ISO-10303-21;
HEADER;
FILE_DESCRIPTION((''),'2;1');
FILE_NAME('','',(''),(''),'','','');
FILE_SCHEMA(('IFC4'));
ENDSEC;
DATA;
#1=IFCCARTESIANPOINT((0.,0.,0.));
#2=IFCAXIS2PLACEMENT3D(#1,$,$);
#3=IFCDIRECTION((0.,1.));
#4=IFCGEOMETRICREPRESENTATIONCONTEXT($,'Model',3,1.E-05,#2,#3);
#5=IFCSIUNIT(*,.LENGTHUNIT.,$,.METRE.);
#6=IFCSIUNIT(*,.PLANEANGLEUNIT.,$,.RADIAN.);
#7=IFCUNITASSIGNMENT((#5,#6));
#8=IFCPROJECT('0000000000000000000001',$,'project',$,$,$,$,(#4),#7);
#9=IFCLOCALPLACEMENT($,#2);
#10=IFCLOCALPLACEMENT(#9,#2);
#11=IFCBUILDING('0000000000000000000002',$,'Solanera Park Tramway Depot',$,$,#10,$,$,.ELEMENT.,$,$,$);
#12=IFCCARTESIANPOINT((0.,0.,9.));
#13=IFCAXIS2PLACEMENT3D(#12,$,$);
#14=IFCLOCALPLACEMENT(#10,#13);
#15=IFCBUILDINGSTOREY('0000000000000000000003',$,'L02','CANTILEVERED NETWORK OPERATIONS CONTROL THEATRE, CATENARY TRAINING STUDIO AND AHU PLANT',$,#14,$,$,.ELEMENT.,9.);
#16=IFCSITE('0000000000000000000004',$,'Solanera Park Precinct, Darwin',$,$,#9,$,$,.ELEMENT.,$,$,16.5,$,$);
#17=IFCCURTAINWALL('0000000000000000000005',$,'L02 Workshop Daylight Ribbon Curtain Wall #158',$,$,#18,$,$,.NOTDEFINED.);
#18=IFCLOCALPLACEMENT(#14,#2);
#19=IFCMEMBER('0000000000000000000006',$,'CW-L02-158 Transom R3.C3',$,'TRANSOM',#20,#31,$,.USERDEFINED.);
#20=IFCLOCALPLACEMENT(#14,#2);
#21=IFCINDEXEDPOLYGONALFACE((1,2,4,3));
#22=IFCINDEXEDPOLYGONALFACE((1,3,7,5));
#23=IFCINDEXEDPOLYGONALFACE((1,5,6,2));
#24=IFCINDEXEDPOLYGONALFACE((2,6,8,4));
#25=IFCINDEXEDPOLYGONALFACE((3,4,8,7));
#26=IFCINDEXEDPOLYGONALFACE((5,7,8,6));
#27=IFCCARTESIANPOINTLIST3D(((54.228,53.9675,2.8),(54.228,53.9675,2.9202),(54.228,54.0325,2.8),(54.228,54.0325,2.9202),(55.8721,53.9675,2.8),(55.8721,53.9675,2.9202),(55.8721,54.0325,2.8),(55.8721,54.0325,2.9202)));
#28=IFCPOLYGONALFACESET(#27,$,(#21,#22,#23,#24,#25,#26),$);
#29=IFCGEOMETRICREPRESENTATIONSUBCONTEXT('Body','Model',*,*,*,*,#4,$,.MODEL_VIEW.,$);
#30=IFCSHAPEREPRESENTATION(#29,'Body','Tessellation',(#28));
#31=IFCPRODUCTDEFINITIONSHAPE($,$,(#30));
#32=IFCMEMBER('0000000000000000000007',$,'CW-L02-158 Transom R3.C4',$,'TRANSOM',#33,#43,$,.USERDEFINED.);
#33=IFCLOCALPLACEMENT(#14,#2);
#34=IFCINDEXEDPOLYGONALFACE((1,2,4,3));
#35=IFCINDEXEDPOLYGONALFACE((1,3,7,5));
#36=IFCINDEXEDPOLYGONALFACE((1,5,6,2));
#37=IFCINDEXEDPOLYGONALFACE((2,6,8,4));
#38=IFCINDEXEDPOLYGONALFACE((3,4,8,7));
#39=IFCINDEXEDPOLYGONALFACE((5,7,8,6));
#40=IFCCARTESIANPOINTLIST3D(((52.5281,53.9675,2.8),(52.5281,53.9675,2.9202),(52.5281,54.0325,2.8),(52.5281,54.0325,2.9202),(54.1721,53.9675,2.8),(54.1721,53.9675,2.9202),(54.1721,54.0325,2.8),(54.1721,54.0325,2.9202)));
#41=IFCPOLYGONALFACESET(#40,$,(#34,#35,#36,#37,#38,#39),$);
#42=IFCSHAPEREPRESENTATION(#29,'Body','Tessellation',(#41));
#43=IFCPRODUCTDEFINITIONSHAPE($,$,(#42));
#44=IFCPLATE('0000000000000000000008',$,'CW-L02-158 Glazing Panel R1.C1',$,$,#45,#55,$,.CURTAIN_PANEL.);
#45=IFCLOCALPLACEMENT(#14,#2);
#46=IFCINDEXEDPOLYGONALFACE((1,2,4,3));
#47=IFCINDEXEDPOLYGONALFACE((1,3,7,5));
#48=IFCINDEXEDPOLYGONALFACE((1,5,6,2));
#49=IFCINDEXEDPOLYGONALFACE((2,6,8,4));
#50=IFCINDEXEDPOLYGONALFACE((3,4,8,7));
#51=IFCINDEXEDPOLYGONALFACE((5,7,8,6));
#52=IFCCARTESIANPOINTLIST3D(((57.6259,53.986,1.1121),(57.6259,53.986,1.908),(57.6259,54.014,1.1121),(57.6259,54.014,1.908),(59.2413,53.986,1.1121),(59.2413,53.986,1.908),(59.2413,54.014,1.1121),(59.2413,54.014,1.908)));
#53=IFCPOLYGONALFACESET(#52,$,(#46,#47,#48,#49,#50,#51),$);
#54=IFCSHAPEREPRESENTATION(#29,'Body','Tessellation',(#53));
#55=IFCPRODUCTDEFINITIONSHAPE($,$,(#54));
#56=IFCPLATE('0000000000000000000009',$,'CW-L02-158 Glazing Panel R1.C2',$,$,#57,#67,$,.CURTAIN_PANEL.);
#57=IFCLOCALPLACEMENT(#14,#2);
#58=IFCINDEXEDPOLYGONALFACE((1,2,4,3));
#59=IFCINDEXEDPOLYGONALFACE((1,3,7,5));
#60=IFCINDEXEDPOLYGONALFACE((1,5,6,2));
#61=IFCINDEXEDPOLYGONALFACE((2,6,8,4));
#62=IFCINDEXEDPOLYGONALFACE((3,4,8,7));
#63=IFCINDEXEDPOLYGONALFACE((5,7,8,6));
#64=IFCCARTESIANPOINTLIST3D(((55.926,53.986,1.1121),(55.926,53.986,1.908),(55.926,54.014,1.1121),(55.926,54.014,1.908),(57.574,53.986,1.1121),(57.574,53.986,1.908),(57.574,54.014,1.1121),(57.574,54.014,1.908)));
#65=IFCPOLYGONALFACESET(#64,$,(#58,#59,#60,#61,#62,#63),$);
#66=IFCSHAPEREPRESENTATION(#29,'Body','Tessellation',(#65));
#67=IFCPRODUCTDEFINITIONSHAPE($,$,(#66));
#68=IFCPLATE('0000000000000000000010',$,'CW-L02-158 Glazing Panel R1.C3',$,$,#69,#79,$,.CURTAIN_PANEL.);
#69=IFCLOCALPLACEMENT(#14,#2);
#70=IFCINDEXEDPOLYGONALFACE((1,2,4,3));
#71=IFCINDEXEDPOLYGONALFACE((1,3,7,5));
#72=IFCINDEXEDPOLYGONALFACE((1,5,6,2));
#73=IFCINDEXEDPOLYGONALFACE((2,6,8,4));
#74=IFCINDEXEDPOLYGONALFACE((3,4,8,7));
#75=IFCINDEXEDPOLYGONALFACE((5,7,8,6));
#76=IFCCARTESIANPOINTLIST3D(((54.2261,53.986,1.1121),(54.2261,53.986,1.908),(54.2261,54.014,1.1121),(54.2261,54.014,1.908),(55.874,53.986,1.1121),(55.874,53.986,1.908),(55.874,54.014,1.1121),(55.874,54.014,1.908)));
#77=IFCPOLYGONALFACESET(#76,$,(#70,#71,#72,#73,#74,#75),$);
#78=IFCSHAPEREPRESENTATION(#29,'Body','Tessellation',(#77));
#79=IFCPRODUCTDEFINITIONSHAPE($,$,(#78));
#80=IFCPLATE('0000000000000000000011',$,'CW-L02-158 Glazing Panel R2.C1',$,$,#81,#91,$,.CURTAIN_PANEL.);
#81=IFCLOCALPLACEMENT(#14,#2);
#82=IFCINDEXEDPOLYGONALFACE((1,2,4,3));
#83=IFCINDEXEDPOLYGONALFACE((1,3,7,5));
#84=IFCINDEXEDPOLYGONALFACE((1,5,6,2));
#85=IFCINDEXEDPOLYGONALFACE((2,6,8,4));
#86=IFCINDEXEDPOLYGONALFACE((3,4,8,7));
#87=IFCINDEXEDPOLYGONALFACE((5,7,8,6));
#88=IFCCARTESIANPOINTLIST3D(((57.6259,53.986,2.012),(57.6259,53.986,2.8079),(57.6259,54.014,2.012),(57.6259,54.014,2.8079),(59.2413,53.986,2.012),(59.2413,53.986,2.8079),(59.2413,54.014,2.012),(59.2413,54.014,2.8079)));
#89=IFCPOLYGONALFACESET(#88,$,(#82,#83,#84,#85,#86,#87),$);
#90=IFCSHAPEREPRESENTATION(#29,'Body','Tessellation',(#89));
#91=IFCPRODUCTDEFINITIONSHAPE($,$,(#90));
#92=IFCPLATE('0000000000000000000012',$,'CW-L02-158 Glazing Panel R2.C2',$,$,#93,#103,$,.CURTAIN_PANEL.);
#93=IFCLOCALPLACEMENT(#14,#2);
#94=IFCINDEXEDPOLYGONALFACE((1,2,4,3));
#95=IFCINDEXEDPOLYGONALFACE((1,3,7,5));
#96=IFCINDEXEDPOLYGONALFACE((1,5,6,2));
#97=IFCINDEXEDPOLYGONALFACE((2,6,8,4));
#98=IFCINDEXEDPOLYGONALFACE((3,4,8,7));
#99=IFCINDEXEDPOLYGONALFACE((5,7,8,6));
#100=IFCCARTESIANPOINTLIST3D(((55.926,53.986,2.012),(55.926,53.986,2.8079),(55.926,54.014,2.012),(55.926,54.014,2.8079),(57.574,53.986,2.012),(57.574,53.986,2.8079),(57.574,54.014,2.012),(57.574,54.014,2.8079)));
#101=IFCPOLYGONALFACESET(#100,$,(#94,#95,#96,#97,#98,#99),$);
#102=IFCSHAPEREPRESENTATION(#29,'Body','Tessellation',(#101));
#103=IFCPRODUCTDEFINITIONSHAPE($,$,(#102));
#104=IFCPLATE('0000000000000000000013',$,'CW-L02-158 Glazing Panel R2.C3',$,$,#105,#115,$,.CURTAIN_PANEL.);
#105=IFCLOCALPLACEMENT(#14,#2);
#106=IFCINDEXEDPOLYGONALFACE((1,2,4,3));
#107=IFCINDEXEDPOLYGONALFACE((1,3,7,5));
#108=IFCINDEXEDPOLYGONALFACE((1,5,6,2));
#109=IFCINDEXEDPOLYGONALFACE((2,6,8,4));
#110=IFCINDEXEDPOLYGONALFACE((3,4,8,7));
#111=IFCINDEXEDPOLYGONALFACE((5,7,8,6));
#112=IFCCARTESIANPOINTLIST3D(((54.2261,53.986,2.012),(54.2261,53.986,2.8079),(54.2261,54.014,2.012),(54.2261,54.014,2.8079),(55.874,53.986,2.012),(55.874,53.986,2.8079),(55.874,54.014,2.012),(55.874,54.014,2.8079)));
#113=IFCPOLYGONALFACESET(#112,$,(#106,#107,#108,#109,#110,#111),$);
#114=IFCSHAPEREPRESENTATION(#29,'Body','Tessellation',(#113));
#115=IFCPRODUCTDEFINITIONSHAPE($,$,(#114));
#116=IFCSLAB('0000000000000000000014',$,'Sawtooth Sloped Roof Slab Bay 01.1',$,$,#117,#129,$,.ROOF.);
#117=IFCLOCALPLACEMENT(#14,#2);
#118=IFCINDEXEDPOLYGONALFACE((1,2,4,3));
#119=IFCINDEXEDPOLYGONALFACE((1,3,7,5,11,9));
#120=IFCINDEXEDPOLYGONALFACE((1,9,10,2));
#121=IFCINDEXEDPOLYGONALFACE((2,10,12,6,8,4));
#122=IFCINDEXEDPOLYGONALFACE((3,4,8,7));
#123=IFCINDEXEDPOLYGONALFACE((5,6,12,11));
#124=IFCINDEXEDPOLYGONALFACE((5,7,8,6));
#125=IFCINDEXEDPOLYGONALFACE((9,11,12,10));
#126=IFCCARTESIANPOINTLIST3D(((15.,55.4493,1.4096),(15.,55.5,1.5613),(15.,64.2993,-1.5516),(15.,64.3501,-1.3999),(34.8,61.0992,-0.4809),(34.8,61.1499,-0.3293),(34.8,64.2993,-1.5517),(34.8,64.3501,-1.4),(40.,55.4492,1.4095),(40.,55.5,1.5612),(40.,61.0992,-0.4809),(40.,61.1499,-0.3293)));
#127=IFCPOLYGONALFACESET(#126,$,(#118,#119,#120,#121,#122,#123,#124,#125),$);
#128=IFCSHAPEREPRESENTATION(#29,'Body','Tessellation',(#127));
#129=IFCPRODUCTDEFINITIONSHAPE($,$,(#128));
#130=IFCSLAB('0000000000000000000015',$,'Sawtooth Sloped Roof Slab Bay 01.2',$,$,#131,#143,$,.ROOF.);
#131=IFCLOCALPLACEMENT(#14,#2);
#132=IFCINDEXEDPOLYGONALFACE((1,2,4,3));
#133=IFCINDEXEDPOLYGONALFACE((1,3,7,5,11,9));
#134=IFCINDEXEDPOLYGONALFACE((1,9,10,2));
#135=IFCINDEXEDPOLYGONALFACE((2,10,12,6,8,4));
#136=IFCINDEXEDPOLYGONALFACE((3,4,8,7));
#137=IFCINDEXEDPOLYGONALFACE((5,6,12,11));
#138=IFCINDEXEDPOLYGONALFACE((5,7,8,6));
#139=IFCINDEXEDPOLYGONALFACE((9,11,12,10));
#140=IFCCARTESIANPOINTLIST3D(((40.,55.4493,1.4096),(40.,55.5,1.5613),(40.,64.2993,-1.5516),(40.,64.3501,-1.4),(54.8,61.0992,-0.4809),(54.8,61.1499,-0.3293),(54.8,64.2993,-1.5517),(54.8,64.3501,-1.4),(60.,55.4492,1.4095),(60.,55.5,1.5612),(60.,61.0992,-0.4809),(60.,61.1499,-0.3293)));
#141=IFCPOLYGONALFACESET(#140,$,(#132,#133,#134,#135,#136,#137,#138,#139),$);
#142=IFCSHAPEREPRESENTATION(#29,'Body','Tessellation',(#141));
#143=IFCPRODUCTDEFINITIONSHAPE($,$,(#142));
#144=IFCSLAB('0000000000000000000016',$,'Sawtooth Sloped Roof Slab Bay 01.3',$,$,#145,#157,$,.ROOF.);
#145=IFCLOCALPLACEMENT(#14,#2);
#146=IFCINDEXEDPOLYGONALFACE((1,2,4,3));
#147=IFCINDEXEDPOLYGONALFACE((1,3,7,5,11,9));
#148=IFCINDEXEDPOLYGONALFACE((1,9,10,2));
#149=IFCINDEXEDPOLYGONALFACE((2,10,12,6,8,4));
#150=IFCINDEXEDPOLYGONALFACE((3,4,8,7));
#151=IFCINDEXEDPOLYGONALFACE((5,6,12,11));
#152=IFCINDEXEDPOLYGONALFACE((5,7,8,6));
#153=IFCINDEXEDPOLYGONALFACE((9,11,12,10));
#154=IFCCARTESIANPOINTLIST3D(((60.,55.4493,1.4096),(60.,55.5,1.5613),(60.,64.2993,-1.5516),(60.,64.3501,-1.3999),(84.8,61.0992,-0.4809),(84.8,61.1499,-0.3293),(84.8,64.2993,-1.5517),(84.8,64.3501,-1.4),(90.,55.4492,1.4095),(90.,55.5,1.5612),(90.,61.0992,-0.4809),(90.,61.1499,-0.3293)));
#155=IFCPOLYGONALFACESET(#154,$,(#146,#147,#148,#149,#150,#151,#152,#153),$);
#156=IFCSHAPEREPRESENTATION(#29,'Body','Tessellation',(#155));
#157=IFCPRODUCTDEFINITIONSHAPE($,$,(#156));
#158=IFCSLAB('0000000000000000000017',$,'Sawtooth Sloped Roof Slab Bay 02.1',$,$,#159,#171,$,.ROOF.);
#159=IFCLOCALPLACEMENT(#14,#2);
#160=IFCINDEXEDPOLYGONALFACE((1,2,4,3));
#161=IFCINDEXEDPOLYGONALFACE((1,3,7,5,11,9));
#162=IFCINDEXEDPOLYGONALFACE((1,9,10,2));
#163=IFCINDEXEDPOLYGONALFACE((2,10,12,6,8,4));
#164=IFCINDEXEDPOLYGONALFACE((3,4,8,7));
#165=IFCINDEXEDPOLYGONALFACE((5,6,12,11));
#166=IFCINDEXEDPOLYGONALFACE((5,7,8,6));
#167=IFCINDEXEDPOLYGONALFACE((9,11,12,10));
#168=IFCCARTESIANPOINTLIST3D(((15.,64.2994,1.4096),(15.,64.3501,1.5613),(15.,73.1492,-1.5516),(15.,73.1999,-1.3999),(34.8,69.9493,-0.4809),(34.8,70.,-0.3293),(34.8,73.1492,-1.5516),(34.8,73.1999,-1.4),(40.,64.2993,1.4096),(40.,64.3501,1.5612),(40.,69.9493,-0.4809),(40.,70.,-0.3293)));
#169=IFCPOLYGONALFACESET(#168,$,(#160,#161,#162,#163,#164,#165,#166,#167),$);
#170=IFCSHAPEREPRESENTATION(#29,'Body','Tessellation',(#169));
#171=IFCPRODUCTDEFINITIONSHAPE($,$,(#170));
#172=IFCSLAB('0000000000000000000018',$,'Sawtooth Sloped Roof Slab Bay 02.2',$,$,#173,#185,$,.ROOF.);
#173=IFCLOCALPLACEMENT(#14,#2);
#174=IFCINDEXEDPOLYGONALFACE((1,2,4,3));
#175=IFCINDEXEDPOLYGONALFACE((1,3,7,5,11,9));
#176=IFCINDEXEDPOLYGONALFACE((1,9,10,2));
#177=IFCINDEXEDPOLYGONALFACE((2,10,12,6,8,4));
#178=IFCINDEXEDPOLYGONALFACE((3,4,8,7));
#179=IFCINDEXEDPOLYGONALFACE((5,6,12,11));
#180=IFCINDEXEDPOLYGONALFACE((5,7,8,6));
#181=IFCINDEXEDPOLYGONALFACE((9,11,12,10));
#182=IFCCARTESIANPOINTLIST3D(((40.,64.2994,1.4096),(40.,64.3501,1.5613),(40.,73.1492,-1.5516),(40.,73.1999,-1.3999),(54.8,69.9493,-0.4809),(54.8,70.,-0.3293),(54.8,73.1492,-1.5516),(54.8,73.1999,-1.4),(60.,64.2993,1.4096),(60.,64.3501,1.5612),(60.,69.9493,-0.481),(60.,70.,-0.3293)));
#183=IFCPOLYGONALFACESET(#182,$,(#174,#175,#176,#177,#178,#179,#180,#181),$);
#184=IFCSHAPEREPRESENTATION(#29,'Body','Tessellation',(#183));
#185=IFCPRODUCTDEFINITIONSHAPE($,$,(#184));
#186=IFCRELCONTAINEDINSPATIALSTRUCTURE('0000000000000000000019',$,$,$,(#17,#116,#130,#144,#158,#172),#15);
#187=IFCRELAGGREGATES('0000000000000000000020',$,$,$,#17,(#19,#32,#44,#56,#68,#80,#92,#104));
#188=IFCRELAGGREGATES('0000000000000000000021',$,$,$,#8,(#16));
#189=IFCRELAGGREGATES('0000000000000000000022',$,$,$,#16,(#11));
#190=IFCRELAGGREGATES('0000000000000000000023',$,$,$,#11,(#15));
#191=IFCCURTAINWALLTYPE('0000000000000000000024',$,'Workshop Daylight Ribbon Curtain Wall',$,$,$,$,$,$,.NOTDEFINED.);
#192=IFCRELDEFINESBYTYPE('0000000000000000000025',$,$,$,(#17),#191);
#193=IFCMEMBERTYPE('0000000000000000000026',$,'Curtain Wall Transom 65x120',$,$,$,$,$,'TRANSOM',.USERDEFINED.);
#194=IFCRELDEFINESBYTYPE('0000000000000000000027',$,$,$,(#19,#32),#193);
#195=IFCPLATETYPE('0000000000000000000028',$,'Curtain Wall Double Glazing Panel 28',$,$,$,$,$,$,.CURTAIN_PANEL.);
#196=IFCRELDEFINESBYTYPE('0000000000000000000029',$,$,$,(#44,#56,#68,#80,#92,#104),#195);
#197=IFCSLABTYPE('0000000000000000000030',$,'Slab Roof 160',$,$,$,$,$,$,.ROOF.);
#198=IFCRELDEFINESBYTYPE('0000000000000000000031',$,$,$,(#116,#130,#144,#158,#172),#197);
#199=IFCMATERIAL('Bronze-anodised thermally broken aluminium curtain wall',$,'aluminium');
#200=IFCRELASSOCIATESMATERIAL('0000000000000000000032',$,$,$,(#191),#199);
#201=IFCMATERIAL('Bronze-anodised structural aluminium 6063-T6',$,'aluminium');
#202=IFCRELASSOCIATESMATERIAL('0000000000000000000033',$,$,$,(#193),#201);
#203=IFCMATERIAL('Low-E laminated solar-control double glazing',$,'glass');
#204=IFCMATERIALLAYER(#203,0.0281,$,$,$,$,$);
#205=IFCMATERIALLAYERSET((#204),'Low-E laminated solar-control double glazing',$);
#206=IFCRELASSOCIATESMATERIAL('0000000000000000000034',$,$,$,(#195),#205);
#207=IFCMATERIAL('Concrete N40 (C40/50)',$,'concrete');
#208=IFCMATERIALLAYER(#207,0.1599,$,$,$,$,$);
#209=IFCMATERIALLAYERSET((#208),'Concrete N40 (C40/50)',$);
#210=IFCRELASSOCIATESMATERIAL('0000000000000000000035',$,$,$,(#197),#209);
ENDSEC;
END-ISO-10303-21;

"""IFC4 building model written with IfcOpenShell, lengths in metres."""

from ifc_helpers import new_model, si_unit, direction, frame, origin, origin_2d, place, context, subcontext, project, spatial, polyline, rectangle, outline, extrude, material, layer, layer_set, material_profile, profile_set, type_object, element, aggregate, save


model = new_model("IFC4")

# Units and contexts
model_context = context("Model", 3, precision=1e-05, world=origin(), true_north=direction((0.0, 1.0)))
body_context = subcontext(model_context, "Body", "Model", "MODEL_VIEW")
ifc_project = project(units=[si_unit("LENGTHUNIT", "METRE"), si_unit("PLANEANGLEUNIT", "RADIAN")], contexts=[model_context])

# Site, building, storey
site_placement = place(None, origin())
site = spatial("IfcSite", under=ifc_project, at=site_placement, Name="Solanera Park Precinct, Darwin", CompositionType="ELEMENT", RefElevation=16.5)
building_placement = place(site_placement, origin())
building = spatial("IfcBuilding", under=site, at=building_placement, Name="Solanera Park Tramway Depot", CompositionType="ELEMENT")
storey_placement = place(building_placement, frame((0.0, 0.0, 9.0)))
storey = spatial("IfcBuildingStorey", under=building, at=storey_placement, Name="L02", Description="CANTILEVERED NETWORK OPERATIONS CONTROL THEATRE, CATENARY TRAINING STUDIO AND AHU PLANT", CompositionType="ELEMENT", Elevation=9.0)

# Curtain wall, members, plates
ifc_material_1 = material(Name="Bronze-anodised thermally broken aluminium curtain wall", Category="aluminium")
curtain_wall_type = type_object("IfcCurtainWallType", Name="Workshop Daylight Ribbon Curtain Wall", PredefinedType="NOTDEFINED", material=ifc_material_1)
curtain_wall_placement = place(storey_placement, origin())
curtain_wall = element("IfcCurtainWall", 1, at=curtain_wall_placement, inside=storey, type_object=curtain_wall_type, Name="L02 Workshop Daylight Ribbon Curtain Wall #158", PredefinedType="NOTDEFINED")
ifc_material_2 = material(Name="Bronze-anodised structural aluminium 6063-T6", Category="aluminium")
ifc_material_profile_1 = material_profile(ifc_material_2, rectangle(XDim=0.0649, YDim=0.1201, at=origin_2d()), Name="Curtain Wall Transom 65x120")
ifc_profile_set_1 = profile_set([ifc_material_profile_1], Name="Bronze-anodised structural aluminium 6063-T6")
member_type_1 = type_object("IfcMemberType", Name="Curtain Wall Transom 65x120", ElementType="TRANSOM", PredefinedType="USERDEFINED", material=ifc_profile_set_1)
member_1_placement = place(storey_placement, frame((55.8721, 54.0, 2.8601), z_axis=(-1.0, 0.0, 0.0), x_axis=(0.0, -1.0, 0.0)))
member_1 = element("IfcMember", 2, at=member_1_placement, type_object=member_type_1, Name="CW-L02-158 Transom R3.C3", ObjectType="TRANSOM", PredefinedType="USERDEFINED", context=body_context, shape_type="SweptSolid", body=[
    extrude(rectangle(XDim=0.0649, YDim=0.1201, at=origin_2d()), origin(), (0.0, 0.0, 1.0), 1.644),
])
member_2_placement = place(storey_placement, frame((54.1721, 54.0, 2.8601), z_axis=(-1.0, 0.0, 0.0), x_axis=(0.0, -1.0, 0.0)))
member_2 = element("IfcMember", 3, at=member_2_placement, type_object=member_type_1, Name="CW-L02-158 Transom R3.C4", ObjectType="TRANSOM", PredefinedType="USERDEFINED", context=body_context, shape_type="SweptSolid", body=[
    extrude(rectangle(XDim=0.0649, YDim=0.1201, at=origin_2d()), origin(), (0.0, 0.0, 1.0), 1.644),
])
ifc_material_3 = material(Name="Low-E laminated solar-control double glazing", Category="glass")
ifc_layer_1 = layer(ifc_material_3, 0.0281)
ifc_layer_set_1 = layer_set([ifc_layer_1], Name="Low-E laminated solar-control double glazing")
plate_type = type_object("IfcPlateType", Name="Curtain Wall Double Glazing Panel 28", PredefinedType="CURTAIN_PANEL", material=ifc_layer_set_1)
plate_1_placement = place(storey_placement, frame((58.4336, 54.0, 1.1121), z_axis=(0.0, 0.0, 1.0), x_axis=(-1.0, 0.0, 0.0)))
plate_1 = element("IfcPlate", 4, at=plate_1_placement, type_object=plate_type, Name="CW-L02-158 Glazing Panel R1.C1", PredefinedType="CURTAIN_PANEL", context=body_context, shape_type="SweptSolid", body=[
    extrude(rectangle(XDim=1.6155, YDim=0.0281, at=origin_2d()), origin(), (0.0, 0.0, 1.0), 0.7959),
])
plate_2_placement = place(storey_placement, frame((56.75, 54.0, 1.1121), z_axis=(0.0, 0.0, 1.0), x_axis=(-1.0, 0.0, 0.0)))
plate_2 = element("IfcPlate", 5, at=plate_2_placement, type_object=plate_type, Name="CW-L02-158 Glazing Panel R1.C2", PredefinedType="CURTAIN_PANEL", context=body_context, shape_type="SweptSolid", body=[
    extrude(rectangle(XDim=1.6479, YDim=0.0281, at=origin_2d()), origin(), (0.0, 0.0, 1.0), 0.7959),
])
plate_3_placement = place(storey_placement, frame((55.05, 54.0, 1.1121), z_axis=(0.0, 0.0, 1.0), x_axis=(-1.0, 0.0, 0.0)))
plate_3 = element("IfcPlate", 6, at=plate_3_placement, type_object=plate_type, Name="CW-L02-158 Glazing Panel R1.C3", PredefinedType="CURTAIN_PANEL", context=body_context, shape_type="SweptSolid", body=[
    extrude(rectangle(XDim=1.6479, YDim=0.0281, at=origin_2d()), origin(), (0.0, 0.0, 1.0), 0.7959),
])
plate_4_placement = place(storey_placement, frame((58.4336, 54.0, 2.012), z_axis=(0.0, 0.0, 1.0), x_axis=(-1.0, 0.0, 0.0)))
plate_4 = element("IfcPlate", 7, at=plate_4_placement, type_object=plate_type, Name="CW-L02-158 Glazing Panel R2.C1", PredefinedType="CURTAIN_PANEL", context=body_context, shape_type="SweptSolid", body=[
    extrude(rectangle(XDim=1.6155, YDim=0.0281, at=origin_2d()), origin(), (0.0, 0.0, 1.0), 0.7959),
])
plate_5_placement = place(storey_placement, frame((56.75, 54.0, 2.012), z_axis=(0.0, 0.0, 1.0), x_axis=(-1.0, 0.0, 0.0)))
plate_5 = element("IfcPlate", 8, at=plate_5_placement, type_object=plate_type, Name="CW-L02-158 Glazing Panel R2.C2", PredefinedType="CURTAIN_PANEL", context=body_context, shape_type="SweptSolid", body=[
    extrude(rectangle(XDim=1.6479, YDim=0.0281, at=origin_2d()), origin(), (0.0, 0.0, 1.0), 0.7959),
])
plate_6_placement = place(storey_placement, frame((55.05, 54.0, 2.012), z_axis=(0.0, 0.0, 1.0), x_axis=(-1.0, 0.0, 0.0)))
plate_6 = element("IfcPlate", 9, at=plate_6_placement, type_object=plate_type, Name="CW-L02-158 Glazing Panel R2.C3", PredefinedType="CURTAIN_PANEL", context=body_context, shape_type="SweptSolid", body=[
    extrude(rectangle(XDim=1.6479, YDim=0.0281, at=origin_2d()), origin(), (0.0, 0.0, 1.0), 0.7959),
])
aggregate(curtain_wall, [member_1, member_2, plate_1, plate_2, plate_3, plate_4, plate_5, plate_6])

# Slabs
ifc_material_4 = material(Name="Concrete N40 (C40/50)", Category="concrete")
ifc_layer_2 = layer(ifc_material_4, 0.1599)
ifc_layer_set_2 = layer_set([ifc_layer_2], Name="Concrete N40 (C40/50)")
slab_type = type_object("IfcSlabType", Name="Slab Roof 160", PredefinedType="ROOF", material=ifc_layer_set_2)
slab_1_placement = place(storey_placement, frame((15.0, 55.5, 1.5613), z_axis=(0.000004, 0.317307, 0.948323), x_axis=(1.0, -0.000001, -0.000004)))
element("IfcSlab", 10, at=slab_1_placement, inside=storey, type_object=slab_type, Name="Sawtooth Sloped Roof Slab Bay 01.1", PredefinedType="ROOF", context=body_context, shape_type="SweptSolid", body=[
    extrude(outline(polyline([(0.0, 0.0), (25.0, 0.0), (25.0, 5.9578), (19.8, 5.9578), (19.8, 9.3324), (0.0, 9.3324), (0.0, 0.0)])), origin(), (0.0, 0.0, -1.0), 0.1599),
])
slab_2_placement = place(storey_placement, frame((40.0, 55.5, 1.5613), z_axis=(0.000005, 0.317308, 0.948322), x_axis=(1.0, -0.000002, -0.000005)))
element("IfcSlab", 11, at=slab_2_placement, inside=storey, type_object=slab_type, Name="Sawtooth Sloped Roof Slab Bay 01.2", PredefinedType="ROOF", context=body_context, shape_type="SweptSolid", body=[
    extrude(outline(polyline([(0.0, 0.0), (20.0, 0.0), (20.0, 5.9578), (14.8, 5.9578), (14.8, 9.3324), (0.0, 9.3324), (0.0, 0.0)])), origin(), (0.0, 0.0, -1.0), 0.1599),
])
slab_3_placement = place(storey_placement, frame((60.0, 55.5, 1.5613), z_axis=(0.000003, 0.317306, 0.948323), x_axis=(1.0, -0.000001, -0.000003)))
element("IfcSlab", 12, at=slab_3_placement, inside=storey, type_object=slab_type, Name="Sawtooth Sloped Roof Slab Bay 01.3", PredefinedType="ROOF", context=body_context, shape_type="SweptSolid", body=[
    extrude(outline(polyline([(0.0, 0.0), (30.0, 0.0), (30.0, 5.9578), (24.8, 5.9578), (24.8, 9.3324), (0.0, 9.3324), (0.0, 0.0)])), origin(), (0.0, 0.0, -1.0), 0.1599),
])
slab_4_placement = place(storey_placement, frame((15.0, 64.3501, 1.5613), z_axis=(0.000003, 0.317314, 0.948321), x_axis=(1.0, -0.000001, -0.000003)))
element("IfcSlab", 13, at=slab_4_placement, inside=storey, type_object=slab_type, Name="Sawtooth Sloped Roof Slab Bay 02.1", PredefinedType="ROOF", context=body_context, shape_type="SweptSolid", body=[
    extrude(outline(polyline([(0.0, 0.0), (25.0, 0.0), (25.0, 5.9578), (19.8, 5.9578), (19.8, 9.3321), (0.0, 9.3321), (0.0, 0.0)])), origin(), (0.0, 0.0, -1.0), 0.1599),
])
slab_5_placement = place(storey_placement, frame((40.0, 64.3501, 1.5613), z_axis=(0.000004, 0.317315, 0.94832), x_axis=(1.0, -0.000001, -0.000004)))
element("IfcSlab", 14, at=slab_5_placement, inside=storey, type_object=slab_type, Name="Sawtooth Sloped Roof Slab Bay 02.2", PredefinedType="ROOF", context=body_context, shape_type="SweptSolid", body=[
    extrude(outline(polyline([(0.0, 0.0), (20.0, 0.0), (20.0, 5.9578), (14.8, 5.9578), (14.8, 9.3321), (0.0, 9.3321), (0.0, 0.0)])), origin(), (0.0, 0.0, -1.0), 0.1599),
])

save(model, "model.ifc")
